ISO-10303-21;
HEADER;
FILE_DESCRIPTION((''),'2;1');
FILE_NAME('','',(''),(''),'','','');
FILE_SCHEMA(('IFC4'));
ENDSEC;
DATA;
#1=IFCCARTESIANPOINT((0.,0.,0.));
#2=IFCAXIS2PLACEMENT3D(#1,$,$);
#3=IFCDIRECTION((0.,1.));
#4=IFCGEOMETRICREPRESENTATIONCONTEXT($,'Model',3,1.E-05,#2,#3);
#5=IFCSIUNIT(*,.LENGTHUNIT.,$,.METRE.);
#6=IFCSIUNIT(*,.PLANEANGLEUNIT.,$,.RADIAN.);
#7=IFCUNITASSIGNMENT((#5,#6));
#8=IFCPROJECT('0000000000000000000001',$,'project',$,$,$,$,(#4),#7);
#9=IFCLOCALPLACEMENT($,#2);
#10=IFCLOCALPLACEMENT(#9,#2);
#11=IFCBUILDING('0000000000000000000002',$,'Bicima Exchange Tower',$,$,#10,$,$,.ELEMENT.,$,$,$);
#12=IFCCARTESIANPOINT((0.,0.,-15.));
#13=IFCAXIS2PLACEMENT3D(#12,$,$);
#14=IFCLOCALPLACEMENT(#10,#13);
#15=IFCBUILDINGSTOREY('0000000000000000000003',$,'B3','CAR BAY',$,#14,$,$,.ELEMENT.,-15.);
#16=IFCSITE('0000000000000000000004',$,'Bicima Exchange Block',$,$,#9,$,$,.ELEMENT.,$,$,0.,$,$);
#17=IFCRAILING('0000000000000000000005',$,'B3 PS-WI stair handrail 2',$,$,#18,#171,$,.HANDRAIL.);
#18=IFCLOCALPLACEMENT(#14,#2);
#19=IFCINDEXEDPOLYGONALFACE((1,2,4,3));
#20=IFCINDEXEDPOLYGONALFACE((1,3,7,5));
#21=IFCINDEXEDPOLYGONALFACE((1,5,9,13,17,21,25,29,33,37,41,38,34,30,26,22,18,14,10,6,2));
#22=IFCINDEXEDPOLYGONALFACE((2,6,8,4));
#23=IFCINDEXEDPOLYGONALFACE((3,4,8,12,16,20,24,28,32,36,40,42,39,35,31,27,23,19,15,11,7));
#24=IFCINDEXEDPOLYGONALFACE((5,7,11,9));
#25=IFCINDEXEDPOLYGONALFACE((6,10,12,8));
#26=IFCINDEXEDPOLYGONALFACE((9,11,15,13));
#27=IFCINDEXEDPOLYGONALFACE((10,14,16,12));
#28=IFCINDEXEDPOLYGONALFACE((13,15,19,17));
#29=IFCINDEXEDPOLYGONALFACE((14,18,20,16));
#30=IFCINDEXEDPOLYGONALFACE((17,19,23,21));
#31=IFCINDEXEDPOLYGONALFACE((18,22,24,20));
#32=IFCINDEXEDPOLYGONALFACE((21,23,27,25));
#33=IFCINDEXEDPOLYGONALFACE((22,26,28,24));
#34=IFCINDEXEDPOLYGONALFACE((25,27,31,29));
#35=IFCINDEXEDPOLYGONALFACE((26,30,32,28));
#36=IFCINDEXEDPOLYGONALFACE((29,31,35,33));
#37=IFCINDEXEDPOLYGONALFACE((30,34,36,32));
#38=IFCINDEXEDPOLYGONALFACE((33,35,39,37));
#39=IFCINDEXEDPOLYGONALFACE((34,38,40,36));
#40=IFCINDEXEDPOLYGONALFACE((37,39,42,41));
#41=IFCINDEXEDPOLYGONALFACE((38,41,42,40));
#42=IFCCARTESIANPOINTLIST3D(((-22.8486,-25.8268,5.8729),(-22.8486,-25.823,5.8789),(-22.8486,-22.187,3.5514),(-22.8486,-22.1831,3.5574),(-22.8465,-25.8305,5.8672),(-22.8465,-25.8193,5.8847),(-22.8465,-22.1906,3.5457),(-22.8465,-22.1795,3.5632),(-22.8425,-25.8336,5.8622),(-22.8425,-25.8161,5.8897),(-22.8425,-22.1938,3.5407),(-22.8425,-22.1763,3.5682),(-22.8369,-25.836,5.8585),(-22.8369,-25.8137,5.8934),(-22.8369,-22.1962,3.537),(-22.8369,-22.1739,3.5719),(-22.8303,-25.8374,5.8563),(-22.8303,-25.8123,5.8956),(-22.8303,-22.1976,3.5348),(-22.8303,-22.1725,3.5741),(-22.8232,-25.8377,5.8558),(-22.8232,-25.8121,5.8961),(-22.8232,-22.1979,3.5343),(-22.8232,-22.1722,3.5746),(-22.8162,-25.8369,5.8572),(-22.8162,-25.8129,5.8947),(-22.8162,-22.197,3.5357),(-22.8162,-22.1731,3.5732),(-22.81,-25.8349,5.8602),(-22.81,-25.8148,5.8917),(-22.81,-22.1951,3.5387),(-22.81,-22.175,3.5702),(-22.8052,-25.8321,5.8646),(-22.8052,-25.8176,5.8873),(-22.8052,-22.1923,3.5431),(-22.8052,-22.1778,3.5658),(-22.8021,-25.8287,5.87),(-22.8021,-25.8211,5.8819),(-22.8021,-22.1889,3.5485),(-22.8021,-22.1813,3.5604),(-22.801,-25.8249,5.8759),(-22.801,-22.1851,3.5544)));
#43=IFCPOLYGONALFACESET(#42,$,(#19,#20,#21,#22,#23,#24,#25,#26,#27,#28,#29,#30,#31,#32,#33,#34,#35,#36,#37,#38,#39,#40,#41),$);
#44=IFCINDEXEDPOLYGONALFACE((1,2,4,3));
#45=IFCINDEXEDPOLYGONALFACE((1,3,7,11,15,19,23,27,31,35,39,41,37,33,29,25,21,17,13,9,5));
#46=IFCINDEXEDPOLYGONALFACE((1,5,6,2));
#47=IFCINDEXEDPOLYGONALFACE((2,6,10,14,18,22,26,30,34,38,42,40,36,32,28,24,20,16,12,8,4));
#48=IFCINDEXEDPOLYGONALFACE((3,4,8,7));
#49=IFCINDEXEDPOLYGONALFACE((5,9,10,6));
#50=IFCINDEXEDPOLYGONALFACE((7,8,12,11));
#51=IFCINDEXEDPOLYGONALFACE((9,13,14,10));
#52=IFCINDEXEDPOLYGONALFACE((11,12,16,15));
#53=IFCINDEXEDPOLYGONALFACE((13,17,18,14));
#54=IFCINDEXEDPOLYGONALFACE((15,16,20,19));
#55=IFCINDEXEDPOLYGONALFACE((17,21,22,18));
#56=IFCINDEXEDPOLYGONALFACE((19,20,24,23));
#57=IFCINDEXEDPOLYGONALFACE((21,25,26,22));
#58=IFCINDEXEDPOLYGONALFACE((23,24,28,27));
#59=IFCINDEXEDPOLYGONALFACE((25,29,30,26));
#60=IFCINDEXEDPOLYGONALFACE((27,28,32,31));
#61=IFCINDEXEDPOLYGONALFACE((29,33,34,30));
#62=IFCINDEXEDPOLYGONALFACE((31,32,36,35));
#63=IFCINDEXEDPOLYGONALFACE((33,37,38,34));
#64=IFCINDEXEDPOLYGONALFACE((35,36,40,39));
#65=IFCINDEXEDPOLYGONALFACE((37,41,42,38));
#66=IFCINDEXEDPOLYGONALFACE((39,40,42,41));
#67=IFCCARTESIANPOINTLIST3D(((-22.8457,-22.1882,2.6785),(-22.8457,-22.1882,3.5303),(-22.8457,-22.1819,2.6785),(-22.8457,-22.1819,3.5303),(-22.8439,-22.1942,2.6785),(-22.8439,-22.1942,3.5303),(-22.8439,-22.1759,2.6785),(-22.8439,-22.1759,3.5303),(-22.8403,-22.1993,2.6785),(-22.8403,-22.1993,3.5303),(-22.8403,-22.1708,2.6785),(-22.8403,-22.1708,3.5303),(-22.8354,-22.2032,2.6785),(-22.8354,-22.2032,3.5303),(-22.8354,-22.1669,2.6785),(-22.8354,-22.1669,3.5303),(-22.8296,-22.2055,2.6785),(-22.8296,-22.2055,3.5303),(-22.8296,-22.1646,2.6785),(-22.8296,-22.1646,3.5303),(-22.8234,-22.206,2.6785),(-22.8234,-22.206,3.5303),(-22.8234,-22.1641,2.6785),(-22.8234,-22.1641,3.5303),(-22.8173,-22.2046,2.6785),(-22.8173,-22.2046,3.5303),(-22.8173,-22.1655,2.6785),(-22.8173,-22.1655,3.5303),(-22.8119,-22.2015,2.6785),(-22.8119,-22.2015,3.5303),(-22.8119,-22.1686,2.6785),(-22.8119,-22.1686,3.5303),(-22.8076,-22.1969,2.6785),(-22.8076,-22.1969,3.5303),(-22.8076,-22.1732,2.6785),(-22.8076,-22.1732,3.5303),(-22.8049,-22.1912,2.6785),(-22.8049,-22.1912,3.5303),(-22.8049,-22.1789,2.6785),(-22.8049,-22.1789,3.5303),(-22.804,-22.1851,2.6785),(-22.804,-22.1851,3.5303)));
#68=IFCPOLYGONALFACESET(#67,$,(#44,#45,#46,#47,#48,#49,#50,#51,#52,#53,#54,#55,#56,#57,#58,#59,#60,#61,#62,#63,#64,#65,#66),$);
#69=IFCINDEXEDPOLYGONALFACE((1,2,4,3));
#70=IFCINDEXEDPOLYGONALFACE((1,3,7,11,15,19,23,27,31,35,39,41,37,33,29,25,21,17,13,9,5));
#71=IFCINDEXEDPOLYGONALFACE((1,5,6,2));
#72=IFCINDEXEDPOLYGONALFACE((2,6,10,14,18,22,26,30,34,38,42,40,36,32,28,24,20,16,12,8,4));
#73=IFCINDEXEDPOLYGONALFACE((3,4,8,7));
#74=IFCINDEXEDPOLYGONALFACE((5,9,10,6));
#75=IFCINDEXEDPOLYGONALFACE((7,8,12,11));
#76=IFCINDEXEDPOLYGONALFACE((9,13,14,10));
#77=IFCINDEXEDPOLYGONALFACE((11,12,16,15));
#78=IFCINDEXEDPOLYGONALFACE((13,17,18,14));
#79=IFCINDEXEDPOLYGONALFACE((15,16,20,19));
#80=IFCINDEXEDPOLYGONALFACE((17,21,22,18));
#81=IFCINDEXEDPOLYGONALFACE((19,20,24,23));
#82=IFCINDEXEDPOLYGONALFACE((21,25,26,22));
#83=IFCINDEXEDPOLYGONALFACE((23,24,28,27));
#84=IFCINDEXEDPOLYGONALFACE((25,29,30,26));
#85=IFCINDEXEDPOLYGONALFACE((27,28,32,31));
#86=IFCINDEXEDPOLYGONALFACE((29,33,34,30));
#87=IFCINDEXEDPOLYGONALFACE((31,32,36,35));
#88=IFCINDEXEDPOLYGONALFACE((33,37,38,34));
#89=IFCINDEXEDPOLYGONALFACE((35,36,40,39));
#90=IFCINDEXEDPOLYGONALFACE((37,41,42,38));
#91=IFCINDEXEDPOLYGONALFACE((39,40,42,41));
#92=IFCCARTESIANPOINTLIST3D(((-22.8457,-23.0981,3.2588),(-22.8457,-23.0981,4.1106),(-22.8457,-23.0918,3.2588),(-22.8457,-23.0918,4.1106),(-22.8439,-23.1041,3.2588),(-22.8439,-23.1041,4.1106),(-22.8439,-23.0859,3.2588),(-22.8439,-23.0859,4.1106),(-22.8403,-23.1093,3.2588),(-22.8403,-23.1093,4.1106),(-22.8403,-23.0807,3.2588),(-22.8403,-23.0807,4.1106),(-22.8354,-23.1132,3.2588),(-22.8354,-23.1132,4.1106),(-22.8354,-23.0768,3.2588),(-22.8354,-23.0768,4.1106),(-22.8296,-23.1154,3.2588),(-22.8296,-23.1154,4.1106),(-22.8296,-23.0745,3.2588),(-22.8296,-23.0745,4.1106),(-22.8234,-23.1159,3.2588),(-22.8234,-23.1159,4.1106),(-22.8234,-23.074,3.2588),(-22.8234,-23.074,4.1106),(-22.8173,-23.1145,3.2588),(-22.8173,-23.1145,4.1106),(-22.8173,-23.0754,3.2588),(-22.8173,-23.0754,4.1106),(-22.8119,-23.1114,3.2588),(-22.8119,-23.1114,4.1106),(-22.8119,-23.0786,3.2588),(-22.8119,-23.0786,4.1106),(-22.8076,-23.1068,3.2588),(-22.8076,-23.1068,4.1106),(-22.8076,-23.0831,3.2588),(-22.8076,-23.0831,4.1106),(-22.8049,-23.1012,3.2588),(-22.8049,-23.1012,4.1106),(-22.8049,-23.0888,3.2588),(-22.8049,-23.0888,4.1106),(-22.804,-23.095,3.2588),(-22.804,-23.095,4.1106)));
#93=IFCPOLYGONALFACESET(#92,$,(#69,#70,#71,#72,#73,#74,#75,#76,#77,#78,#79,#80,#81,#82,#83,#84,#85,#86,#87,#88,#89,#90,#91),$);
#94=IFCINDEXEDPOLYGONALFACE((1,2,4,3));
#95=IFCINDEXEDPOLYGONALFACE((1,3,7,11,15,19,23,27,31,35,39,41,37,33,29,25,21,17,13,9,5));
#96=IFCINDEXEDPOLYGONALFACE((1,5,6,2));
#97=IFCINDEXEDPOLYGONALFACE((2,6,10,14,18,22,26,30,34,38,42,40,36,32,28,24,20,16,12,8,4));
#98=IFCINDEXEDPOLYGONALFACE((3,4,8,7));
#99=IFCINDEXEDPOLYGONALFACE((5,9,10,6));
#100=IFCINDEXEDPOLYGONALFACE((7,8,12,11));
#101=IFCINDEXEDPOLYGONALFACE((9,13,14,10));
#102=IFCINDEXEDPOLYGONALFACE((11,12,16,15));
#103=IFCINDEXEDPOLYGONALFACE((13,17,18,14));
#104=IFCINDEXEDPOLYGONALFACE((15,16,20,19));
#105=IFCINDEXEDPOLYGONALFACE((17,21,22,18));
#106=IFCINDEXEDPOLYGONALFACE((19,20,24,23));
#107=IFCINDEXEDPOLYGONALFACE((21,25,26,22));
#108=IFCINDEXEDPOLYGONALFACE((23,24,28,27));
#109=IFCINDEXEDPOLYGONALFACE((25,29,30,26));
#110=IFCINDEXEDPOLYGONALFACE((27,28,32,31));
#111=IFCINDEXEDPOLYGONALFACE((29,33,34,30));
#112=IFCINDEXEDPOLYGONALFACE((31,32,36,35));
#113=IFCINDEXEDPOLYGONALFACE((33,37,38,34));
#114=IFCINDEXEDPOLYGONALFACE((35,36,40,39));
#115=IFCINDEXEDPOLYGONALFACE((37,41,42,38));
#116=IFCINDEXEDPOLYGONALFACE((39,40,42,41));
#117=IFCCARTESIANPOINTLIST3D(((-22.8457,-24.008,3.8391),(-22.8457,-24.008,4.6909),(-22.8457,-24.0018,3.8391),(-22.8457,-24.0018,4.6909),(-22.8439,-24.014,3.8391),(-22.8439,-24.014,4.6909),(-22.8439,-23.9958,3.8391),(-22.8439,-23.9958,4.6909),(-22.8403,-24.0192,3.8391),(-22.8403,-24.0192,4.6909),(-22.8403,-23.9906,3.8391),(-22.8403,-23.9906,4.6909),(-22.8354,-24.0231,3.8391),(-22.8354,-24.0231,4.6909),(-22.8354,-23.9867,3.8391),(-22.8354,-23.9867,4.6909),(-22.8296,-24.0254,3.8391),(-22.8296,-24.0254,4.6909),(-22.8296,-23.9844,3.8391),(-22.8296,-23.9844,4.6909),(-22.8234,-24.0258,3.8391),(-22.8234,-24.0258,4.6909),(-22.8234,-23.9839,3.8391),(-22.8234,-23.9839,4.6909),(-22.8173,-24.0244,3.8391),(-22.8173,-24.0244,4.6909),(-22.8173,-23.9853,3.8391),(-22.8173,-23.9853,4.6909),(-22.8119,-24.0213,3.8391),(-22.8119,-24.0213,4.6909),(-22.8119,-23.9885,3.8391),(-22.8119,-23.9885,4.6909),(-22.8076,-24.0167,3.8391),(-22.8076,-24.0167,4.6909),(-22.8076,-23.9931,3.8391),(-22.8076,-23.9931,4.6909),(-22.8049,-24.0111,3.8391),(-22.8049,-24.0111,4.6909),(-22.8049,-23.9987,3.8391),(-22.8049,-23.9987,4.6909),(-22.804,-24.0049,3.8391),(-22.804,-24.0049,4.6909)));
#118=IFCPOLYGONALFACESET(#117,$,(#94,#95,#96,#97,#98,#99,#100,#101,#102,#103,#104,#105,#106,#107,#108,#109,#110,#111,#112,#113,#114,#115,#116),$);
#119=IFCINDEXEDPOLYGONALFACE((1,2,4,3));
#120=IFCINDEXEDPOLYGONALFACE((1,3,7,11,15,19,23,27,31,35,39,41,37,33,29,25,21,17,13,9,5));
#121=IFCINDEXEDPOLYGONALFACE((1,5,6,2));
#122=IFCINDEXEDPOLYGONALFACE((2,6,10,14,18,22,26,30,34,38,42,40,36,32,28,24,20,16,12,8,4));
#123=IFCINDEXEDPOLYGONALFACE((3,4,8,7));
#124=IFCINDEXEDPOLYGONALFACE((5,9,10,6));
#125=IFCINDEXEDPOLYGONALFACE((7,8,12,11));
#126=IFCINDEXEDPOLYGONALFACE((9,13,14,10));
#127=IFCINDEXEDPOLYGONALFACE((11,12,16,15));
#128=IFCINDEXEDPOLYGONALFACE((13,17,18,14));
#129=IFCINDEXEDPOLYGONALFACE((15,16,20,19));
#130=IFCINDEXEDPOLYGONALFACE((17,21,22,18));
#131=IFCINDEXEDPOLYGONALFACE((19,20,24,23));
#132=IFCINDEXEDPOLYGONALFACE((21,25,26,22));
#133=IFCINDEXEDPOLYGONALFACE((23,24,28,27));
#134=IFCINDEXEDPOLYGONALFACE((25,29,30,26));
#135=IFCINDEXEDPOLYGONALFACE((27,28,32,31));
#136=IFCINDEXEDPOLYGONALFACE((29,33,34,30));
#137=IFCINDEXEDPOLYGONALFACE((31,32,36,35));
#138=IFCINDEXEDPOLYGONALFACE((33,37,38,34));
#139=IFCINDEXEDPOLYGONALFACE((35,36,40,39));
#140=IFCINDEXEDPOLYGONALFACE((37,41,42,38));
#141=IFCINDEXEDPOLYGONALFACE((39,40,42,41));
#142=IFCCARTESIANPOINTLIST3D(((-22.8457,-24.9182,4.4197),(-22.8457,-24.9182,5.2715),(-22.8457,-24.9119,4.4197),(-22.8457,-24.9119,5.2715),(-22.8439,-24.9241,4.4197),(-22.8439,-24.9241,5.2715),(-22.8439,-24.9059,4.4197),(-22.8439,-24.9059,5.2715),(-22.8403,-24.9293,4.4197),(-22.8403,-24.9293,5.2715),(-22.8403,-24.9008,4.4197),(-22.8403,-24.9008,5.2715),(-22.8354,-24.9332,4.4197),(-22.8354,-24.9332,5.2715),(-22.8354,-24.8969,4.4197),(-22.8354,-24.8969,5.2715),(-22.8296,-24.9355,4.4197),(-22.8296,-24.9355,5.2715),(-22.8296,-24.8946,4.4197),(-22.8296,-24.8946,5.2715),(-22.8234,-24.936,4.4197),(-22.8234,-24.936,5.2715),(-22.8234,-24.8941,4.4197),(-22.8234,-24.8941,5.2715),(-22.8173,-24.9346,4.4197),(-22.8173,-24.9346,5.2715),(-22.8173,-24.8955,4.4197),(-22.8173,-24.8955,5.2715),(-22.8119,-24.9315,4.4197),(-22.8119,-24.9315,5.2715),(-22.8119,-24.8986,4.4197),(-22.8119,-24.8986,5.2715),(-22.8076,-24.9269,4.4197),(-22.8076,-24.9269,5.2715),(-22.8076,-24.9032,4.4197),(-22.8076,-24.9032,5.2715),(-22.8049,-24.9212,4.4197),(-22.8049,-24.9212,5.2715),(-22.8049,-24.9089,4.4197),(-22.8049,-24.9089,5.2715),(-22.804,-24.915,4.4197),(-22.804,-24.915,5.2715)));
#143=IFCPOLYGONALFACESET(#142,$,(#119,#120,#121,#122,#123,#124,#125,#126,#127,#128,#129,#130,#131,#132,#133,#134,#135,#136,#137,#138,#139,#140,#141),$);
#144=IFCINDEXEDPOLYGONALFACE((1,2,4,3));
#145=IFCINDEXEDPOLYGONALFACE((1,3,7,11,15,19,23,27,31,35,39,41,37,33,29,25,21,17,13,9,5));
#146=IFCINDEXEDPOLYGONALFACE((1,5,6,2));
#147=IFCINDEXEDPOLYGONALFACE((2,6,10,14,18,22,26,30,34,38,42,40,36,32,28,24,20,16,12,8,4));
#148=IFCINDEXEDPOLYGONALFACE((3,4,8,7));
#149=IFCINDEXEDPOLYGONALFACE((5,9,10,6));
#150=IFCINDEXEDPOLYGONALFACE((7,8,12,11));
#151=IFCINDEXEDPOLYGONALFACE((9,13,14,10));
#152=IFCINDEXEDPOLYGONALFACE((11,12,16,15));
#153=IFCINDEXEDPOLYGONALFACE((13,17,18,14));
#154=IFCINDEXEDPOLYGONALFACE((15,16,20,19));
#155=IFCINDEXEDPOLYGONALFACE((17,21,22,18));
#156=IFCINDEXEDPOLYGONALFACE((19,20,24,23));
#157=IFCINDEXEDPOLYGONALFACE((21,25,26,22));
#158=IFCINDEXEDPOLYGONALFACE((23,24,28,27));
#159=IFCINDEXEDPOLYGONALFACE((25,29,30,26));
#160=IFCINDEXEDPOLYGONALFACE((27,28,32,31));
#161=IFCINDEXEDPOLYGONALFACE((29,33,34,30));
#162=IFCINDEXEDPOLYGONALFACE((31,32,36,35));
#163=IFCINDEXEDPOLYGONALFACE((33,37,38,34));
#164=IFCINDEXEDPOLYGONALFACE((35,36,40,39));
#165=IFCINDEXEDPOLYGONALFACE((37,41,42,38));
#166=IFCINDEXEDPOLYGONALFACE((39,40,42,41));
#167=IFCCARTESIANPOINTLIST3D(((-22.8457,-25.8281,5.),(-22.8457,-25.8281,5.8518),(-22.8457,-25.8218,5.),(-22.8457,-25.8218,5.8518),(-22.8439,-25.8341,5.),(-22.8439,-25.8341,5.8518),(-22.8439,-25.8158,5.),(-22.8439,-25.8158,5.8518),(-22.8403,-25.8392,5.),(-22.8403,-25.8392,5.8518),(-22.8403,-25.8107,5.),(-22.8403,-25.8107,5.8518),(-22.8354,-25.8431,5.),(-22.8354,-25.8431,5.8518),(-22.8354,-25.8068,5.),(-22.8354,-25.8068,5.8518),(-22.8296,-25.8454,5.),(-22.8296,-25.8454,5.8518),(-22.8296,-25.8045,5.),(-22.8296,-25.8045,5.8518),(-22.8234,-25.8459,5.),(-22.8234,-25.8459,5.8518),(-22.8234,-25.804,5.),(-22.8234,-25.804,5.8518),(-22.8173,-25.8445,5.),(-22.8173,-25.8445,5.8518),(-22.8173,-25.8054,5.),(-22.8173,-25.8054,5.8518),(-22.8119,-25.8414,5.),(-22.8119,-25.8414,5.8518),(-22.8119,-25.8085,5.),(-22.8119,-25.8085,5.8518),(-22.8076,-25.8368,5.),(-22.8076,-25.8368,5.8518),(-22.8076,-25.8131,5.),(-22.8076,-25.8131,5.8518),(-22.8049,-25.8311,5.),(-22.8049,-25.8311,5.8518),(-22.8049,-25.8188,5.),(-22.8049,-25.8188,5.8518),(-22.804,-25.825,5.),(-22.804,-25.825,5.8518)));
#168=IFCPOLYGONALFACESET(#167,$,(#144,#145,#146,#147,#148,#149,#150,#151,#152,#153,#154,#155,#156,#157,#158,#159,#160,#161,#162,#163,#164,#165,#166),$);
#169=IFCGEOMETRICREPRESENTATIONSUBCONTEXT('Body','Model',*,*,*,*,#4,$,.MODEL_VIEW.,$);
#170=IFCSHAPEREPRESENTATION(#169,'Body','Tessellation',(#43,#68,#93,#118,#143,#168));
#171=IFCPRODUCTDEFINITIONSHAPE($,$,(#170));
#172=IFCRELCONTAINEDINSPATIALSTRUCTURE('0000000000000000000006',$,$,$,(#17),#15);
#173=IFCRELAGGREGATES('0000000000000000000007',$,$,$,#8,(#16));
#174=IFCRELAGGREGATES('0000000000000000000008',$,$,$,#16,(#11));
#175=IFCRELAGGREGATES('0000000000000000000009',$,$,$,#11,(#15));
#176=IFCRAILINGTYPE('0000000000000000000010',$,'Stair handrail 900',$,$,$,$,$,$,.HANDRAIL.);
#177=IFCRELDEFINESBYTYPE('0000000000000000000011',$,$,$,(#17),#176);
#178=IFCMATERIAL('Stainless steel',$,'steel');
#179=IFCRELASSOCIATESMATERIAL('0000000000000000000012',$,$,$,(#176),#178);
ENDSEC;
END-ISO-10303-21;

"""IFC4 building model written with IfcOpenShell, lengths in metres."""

from ifc_helpers import new_model, si_unit, direction, frame, origin, origin_2d, place, context, subcontext, project, spatial, circle, extrude, material, type_object, element, save


model = new_model("IFC4")

# Units and contexts
model_context = context("Model", 3, precision=1e-05, world=origin(), true_north=direction((0.0, 1.0)))
body_context = subcontext(model_context, "Body", "Model", "MODEL_VIEW")
ifc_project = project(units=[si_unit("LENGTHUNIT", "METRE"), si_unit("PLANEANGLEUNIT", "RADIAN")], contexts=[model_context])

# Site, building, storey
site_placement = place(None, origin())
site = spatial("IfcSite", under=ifc_project, at=site_placement, Name="Bicima Exchange Block", CompositionType="ELEMENT", RefElevation=0.0)
building_placement = place(site_placement, origin())
building = spatial("IfcBuilding", under=site, at=building_placement, Name="Bicima Exchange Tower", CompositionType="ELEMENT")
storey_placement = place(building_placement, frame((0.0, 0.0, -15.0)))
storey = spatial("IfcBuildingStorey", under=building, at=storey_placement, Name="B3", Description="CAR BAY", CompositionType="ELEMENT", Elevation=-15.0)

# Railing
ifc_material_1 = material(Name="Stainless steel", Category="steel")
railing_type_1 = type_object("IfcRailingType", Name="Stair handrail 900", PredefinedType="HANDRAIL", material=ifc_material_1)
railing_1_placement = place(storey_placement, frame((-22.825, -22.1851, 2.6785)))
element("IfcRailing", 1, at=railing_1_placement, inside=storey, type_object=railing_type_1, Name="B3 PS-WI stair handrail 2", PredefinedType="HANDRAIL", context=body_context, shape_type="SweptSolid", body=[
    extrude(circle(Radius=0.0239, at=origin_2d()), frame((0.0, 0.0, 0.876), z_axis=(0.0, -0.843112, 0.537739), x_axis=(1.0, 0.0, 0.0)), (0.0, 0.0, 1.0), 4.3171),
    extrude(circle(Radius=0.021, at=origin_2d()), origin(), (0.0, 0.0, 1.0), 0.8518),
    extrude(circle(Radius=0.021, at=origin_2d()), frame((0.0, -0.9099, 0.5803)), (0.0, 0.0, 1.0), 0.8518),
    extrude(circle(Radius=0.021, at=origin_2d()), frame((0.0, -1.8198, 1.1606)), (0.0, 0.0, 1.0), 0.8518),
    extrude(circle(Radius=0.021, at=origin_2d()), frame((0.0, -2.73, 1.7412)), (0.0, 0.0, 1.0), 0.8518),
    extrude(circle(Radius=0.021, at=origin_2d()), frame((0.0, -3.6399, 2.3215)), (0.0, 0.0, 1.0), 0.8518),
])

save(model, "model.ifc")
